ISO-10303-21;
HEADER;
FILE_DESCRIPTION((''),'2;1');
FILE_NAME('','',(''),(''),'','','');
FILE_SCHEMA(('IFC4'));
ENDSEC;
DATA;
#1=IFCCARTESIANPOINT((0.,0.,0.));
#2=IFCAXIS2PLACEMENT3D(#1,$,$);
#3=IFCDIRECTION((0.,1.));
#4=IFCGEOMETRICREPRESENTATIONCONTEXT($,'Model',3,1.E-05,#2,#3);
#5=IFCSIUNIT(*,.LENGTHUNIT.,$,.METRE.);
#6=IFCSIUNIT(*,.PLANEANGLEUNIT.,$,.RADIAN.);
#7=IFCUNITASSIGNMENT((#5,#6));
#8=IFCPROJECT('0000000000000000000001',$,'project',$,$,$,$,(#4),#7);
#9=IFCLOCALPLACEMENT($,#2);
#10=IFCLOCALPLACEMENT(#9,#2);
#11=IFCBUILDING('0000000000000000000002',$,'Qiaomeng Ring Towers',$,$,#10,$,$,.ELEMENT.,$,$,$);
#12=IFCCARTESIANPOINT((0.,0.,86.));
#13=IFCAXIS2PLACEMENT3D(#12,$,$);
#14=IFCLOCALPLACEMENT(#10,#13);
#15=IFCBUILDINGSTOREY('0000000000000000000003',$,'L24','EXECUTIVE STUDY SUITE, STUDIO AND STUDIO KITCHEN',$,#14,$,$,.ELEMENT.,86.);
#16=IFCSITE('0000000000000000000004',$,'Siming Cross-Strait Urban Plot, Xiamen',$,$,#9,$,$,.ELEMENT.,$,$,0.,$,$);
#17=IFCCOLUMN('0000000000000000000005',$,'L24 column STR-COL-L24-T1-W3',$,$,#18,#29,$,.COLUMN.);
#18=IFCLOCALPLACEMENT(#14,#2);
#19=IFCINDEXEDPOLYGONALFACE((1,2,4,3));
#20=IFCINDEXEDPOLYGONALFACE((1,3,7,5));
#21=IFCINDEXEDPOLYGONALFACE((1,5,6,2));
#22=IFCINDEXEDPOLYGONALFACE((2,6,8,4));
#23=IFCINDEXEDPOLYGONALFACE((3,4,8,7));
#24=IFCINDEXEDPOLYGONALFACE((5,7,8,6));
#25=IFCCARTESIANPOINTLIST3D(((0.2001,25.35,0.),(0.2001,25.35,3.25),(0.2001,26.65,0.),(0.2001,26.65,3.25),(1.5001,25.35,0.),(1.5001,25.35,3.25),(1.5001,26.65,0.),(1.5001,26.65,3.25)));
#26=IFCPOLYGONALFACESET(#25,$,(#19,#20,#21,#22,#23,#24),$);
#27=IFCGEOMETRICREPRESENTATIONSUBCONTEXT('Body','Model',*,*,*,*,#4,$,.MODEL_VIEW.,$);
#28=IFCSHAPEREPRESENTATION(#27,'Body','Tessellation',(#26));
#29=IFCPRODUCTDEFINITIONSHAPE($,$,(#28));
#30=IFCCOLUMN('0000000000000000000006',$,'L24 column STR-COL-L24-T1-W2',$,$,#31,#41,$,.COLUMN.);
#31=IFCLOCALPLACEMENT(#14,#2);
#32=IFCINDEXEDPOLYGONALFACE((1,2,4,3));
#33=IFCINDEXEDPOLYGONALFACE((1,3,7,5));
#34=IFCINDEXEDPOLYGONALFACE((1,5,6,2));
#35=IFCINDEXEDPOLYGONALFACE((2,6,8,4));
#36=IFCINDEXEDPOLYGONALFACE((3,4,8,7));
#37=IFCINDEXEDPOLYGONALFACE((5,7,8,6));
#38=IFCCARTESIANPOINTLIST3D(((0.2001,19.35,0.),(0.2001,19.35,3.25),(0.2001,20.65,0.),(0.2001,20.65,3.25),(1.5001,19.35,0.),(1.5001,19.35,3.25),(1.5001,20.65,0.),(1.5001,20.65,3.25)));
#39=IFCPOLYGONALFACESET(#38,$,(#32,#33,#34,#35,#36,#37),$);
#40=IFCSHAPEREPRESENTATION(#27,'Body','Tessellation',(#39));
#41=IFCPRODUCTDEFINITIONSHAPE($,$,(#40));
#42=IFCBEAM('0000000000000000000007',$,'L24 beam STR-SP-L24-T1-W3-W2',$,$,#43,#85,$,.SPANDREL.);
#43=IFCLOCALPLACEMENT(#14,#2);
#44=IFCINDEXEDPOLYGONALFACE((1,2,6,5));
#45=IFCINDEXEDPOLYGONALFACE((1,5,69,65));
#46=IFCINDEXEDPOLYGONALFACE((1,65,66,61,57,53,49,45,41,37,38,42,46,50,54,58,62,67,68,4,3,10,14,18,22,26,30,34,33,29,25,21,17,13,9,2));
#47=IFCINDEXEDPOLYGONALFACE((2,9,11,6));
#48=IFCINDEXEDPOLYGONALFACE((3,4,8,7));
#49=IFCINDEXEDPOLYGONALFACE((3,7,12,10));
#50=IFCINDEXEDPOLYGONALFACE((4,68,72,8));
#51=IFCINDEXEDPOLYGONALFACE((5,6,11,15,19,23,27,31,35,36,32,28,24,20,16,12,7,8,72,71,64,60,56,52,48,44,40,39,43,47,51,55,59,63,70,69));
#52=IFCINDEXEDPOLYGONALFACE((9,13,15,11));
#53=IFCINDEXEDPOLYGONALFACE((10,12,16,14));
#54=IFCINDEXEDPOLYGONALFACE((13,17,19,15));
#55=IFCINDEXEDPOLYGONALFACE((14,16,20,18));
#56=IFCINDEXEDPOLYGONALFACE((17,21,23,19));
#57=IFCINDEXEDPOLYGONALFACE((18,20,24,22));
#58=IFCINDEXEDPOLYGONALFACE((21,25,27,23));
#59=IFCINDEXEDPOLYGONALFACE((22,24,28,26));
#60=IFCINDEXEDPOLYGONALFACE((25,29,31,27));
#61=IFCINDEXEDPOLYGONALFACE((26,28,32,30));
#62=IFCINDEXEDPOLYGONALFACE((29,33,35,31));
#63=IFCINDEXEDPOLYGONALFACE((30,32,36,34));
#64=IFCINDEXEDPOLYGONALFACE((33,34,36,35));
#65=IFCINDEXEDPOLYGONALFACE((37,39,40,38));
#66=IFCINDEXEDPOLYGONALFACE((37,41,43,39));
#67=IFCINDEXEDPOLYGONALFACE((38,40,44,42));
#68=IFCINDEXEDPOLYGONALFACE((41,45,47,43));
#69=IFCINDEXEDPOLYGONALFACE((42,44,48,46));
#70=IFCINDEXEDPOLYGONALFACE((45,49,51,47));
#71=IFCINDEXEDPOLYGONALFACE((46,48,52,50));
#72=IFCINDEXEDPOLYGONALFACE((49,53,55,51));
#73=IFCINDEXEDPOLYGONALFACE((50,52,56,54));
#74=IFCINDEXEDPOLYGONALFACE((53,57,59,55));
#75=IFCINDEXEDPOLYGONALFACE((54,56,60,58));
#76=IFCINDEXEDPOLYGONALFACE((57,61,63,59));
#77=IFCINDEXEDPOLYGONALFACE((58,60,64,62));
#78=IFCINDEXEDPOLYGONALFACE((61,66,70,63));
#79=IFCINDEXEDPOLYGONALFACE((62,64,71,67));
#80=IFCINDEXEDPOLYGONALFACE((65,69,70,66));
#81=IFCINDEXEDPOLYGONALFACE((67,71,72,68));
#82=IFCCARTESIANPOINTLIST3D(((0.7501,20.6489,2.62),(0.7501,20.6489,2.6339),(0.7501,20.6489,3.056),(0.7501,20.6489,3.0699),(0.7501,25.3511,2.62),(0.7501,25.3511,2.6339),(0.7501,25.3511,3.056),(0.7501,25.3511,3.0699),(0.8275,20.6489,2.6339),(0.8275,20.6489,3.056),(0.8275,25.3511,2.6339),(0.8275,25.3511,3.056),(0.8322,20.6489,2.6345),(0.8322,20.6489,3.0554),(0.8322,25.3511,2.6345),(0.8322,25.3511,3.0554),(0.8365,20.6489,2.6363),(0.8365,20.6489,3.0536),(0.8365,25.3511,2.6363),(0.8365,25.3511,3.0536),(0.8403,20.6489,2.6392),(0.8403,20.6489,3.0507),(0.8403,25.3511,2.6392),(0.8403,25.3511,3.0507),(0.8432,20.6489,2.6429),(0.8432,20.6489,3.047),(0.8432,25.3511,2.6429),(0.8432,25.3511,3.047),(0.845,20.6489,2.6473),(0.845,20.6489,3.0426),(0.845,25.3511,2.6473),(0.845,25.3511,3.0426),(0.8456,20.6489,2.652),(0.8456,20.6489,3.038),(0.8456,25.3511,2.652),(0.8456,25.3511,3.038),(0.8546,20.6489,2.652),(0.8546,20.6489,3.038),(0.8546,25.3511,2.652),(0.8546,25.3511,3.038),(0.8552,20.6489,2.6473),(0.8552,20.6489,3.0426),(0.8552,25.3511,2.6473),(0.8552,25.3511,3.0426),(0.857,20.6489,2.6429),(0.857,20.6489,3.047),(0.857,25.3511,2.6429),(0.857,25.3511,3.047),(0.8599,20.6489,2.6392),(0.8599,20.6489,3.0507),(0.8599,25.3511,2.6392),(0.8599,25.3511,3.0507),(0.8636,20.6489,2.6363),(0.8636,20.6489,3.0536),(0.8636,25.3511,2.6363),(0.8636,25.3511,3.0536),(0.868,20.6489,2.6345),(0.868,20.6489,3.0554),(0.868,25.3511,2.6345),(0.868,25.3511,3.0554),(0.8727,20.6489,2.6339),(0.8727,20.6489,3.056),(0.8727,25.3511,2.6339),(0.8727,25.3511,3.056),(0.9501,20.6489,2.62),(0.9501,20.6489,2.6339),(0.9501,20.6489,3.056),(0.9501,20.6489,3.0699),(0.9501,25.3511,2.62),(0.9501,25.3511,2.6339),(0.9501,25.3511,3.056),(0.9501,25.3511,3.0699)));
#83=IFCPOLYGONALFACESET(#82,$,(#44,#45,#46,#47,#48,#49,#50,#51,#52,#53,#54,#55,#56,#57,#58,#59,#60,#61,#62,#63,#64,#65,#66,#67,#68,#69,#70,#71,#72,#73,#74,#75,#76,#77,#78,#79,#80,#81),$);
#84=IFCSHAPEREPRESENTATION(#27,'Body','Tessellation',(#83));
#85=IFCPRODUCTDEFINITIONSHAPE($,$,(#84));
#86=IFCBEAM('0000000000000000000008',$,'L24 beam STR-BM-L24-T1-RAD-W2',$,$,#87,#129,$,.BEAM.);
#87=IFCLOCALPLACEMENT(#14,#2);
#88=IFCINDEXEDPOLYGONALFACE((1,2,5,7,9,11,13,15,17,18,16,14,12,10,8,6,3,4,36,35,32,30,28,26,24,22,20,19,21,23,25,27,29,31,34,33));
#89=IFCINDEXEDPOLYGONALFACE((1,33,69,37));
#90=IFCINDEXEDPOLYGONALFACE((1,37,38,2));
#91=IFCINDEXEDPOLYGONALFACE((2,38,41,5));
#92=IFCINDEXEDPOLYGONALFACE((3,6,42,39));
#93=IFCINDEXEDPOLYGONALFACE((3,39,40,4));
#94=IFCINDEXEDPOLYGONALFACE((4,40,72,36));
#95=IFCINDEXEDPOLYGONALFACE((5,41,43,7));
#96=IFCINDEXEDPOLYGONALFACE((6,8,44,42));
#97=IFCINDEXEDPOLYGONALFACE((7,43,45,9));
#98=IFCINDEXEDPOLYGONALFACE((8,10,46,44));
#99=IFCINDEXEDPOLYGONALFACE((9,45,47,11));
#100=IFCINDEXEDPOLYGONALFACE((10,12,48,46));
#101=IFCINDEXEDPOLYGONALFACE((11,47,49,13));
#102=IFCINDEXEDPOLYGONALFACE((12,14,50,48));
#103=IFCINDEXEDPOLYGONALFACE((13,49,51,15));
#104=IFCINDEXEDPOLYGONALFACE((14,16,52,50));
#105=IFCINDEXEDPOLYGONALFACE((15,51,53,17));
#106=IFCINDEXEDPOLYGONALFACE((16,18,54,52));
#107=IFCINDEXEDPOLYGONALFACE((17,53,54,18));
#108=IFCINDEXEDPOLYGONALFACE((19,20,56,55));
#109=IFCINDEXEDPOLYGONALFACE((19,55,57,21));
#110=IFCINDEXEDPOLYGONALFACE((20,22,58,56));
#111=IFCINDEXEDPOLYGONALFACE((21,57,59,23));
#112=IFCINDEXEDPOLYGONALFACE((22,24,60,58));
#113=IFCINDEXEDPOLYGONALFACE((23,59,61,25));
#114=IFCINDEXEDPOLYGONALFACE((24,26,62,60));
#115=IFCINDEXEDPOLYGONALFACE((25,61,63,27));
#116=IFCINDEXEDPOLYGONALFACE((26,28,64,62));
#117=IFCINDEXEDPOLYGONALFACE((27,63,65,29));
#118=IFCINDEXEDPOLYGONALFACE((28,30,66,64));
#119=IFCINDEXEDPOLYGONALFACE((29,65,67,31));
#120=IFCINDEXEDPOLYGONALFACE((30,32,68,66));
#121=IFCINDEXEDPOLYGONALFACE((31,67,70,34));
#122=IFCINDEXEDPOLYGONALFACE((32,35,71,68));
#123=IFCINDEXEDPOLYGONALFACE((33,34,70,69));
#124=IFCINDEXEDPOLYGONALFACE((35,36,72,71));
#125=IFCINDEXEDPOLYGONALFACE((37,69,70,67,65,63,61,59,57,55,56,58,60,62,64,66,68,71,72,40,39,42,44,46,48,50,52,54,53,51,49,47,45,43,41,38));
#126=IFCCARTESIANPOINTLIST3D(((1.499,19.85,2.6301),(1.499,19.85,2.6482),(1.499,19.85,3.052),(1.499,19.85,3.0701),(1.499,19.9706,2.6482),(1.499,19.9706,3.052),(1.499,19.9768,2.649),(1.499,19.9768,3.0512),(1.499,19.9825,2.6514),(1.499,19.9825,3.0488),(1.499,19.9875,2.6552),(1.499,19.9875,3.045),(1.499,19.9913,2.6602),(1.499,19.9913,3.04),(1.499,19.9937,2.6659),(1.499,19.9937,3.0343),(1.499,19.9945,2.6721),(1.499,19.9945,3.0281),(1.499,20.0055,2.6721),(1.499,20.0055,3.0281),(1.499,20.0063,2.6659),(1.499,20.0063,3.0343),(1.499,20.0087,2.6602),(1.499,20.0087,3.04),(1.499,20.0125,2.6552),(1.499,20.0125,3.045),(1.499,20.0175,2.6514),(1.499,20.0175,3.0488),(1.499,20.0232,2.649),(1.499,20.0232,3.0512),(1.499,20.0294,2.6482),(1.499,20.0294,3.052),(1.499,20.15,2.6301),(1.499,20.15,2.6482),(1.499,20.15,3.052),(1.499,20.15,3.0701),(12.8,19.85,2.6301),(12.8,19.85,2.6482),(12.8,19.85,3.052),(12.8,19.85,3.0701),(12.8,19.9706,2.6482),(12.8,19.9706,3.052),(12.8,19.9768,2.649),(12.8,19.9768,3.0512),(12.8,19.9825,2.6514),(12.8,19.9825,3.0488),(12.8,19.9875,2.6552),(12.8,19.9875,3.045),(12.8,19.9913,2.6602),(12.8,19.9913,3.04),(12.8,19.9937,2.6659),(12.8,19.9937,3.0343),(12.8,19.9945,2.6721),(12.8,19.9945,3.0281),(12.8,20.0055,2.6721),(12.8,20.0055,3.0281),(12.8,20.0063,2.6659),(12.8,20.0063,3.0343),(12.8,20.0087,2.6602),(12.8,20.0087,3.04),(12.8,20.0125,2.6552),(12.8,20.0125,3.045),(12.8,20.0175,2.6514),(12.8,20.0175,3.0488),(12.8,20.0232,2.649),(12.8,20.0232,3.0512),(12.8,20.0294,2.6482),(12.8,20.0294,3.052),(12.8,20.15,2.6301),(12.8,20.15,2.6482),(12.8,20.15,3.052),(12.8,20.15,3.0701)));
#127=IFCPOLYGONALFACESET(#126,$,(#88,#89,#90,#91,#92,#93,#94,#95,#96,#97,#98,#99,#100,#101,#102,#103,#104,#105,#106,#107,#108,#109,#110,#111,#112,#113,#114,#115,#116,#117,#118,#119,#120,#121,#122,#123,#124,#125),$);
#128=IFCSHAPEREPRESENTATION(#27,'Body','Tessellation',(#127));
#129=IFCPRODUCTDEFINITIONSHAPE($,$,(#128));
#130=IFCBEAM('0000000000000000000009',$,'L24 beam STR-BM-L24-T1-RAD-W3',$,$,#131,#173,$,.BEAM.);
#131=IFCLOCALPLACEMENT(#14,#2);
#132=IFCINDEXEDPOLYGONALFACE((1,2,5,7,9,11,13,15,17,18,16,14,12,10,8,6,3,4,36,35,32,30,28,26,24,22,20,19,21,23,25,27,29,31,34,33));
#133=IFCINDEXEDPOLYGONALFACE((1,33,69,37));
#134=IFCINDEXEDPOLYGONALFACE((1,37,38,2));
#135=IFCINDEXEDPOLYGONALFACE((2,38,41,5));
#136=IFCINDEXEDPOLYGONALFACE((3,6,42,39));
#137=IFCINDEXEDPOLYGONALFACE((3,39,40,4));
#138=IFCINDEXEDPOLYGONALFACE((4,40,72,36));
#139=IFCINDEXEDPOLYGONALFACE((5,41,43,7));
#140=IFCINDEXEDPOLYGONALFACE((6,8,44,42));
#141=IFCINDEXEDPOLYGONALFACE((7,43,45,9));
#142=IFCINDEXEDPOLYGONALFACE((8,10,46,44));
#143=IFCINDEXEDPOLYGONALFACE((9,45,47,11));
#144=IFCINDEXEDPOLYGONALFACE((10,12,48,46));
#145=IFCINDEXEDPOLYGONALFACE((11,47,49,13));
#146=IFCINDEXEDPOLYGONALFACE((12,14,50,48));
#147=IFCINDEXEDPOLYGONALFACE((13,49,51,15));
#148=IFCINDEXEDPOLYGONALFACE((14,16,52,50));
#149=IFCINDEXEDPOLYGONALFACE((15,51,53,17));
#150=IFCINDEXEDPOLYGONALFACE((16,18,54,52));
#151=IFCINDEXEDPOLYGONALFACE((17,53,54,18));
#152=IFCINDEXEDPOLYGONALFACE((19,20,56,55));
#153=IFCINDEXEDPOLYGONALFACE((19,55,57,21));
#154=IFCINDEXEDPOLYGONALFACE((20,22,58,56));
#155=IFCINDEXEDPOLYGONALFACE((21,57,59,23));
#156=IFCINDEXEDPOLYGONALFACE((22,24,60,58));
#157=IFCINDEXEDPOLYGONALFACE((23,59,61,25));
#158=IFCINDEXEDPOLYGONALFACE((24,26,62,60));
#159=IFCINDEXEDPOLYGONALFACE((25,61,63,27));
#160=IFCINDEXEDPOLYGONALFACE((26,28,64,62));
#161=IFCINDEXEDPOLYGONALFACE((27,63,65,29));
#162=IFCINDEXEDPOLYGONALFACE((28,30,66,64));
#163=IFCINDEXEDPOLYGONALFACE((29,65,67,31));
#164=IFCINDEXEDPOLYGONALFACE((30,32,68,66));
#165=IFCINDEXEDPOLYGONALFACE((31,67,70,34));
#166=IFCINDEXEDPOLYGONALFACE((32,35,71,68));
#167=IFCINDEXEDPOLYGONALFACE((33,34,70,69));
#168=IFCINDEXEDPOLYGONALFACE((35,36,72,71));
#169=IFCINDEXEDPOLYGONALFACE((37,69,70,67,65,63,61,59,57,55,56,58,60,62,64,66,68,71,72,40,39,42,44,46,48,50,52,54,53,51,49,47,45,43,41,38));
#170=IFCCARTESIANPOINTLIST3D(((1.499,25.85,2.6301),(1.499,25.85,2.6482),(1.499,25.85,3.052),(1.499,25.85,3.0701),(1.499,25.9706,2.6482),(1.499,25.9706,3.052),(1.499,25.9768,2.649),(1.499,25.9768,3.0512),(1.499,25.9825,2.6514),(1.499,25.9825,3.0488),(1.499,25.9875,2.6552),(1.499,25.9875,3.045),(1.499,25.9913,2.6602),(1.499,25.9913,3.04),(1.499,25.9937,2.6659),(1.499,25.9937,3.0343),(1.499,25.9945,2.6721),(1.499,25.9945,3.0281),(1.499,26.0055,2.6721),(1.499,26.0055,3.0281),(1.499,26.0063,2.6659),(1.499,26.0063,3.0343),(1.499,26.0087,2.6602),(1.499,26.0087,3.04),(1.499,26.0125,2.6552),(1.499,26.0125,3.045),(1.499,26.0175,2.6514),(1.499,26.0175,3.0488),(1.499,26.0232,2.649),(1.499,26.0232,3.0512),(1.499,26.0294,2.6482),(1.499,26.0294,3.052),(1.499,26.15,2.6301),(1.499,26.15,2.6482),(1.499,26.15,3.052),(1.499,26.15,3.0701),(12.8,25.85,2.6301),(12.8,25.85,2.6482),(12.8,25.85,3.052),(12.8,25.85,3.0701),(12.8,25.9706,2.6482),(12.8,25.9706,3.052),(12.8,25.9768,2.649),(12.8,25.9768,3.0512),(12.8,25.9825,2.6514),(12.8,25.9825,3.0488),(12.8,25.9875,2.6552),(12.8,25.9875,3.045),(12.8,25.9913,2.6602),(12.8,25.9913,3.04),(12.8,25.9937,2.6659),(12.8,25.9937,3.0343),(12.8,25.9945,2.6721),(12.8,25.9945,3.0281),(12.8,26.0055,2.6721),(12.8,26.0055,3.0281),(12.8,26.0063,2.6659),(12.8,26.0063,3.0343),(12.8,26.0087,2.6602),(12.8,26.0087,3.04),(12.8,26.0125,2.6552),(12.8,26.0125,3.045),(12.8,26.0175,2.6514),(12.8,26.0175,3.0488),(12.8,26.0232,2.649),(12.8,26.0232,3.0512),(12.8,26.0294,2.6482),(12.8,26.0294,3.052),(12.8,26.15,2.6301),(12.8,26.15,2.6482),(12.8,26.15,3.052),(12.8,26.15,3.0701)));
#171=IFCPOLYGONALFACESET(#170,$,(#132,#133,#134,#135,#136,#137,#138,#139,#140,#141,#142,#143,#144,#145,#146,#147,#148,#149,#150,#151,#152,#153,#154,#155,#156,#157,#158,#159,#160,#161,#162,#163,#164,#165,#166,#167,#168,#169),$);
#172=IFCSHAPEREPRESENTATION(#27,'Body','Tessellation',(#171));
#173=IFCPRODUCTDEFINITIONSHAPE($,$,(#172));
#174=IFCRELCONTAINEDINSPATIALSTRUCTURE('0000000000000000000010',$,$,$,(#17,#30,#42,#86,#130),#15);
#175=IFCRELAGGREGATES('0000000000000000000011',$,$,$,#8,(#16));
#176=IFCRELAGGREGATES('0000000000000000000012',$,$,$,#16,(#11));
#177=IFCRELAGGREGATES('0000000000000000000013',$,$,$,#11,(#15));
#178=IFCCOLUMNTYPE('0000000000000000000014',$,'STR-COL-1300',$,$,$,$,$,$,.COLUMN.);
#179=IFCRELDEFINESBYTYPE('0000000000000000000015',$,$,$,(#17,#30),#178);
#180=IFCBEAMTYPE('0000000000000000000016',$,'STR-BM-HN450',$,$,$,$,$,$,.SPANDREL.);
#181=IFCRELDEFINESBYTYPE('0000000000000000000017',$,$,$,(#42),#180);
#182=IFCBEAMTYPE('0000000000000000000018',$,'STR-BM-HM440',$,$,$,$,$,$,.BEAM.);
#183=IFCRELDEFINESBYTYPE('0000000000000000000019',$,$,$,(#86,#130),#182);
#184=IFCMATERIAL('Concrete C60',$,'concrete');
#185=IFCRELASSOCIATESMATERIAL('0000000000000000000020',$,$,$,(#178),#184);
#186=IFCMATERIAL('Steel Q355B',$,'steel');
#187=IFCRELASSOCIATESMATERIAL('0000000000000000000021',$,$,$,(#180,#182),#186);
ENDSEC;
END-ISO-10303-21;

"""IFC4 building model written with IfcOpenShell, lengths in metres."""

from ifc_helpers import new_model, si_unit, direction, frame, origin, origin_2d, place, context, subcontext, project, spatial, rectangle, i_section, extrude, source, transform, mapped, material, material_profile, profile_set, type_object, element, save


model = new_model("IFC4")

# Units and contexts
model_context = context("Model", 3, precision=1e-05, world=origin(), true_north=direction((0.0, 1.0)))
body_context = subcontext(model_context, "Body", "Model", "MODEL_VIEW")
ifc_project = project(units=[si_unit("LENGTHUNIT", "METRE"), si_unit("PLANEANGLEUNIT", "RADIAN")], contexts=[model_context])

# Site, building, storey
site_placement = place(None, origin())
site = spatial("IfcSite", under=ifc_project, at=site_placement, Name="Siming Cross-Strait Urban Plot, Xiamen", CompositionType="ELEMENT", RefElevation=0.0)
building_placement = place(site_placement, origin())
building = spatial("IfcBuilding", under=site, at=building_placement, Name="Qiaomeng Ring Towers", CompositionType="ELEMENT")
storey_placement = place(building_placement, frame((0.0, 0.0, 86.0)))
storey = spatial("IfcBuildingStorey", under=building, at=storey_placement, Name="L24", Description="EXECUTIVE STUDY SUITE, STUDIO AND STUDIO KITCHEN", CompositionType="ELEMENT", Elevation=86.0)

# Columns
ifc_material_1 = material(Name="Concrete C60", Category="concrete")
ifc_material_profile_1 = material_profile(ifc_material_1, rectangle(XDim=1.3, YDim=1.3, at=origin_2d()), Name="RC COL 1300x1300")
ifc_profile_set_1 = profile_set([ifc_material_profile_1], Name="Concrete C60")
column_type = type_object("IfcColumnType", Name="STR-COL-1300", PredefinedType="COLUMN", material=ifc_profile_set_1)
shared_shape_1 = source(origin(), body_context, "Body", "SweptSolid", [
    extrude(rectangle(XDim=1.3, YDim=1.3, at=origin_2d()), origin(), (0.0, 0.0, 1.0), 3.25),
])
for number, where, z_axis, x_axis, name in (
    (1, (0.8501, 26.0, 0.0), (0.0, 0.0, 1.0), (1.0, 0.0, 0.0), "L24 column STR-COL-L24-T1-W3"),
    (2, (0.8501, 20.0, 0.0), (0.0, 0.0, 1.0), (1.0, 0.0, 0.0), "L24 column STR-COL-L24-T1-W2"),
):
    element("IfcColumn", number, at=place(storey_placement, frame(where, z_axis=z_axis, x_axis=x_axis)), inside=storey, type_object=column_type, Name=name, PredefinedType="COLUMN", context=body_context, shape_type="MappedRepresentation", body=[
        mapped(shared_shape_1, transform((0.0, 0.0, 0.0), x_axis=(1.0, 0.0, 0.0), y_axis=(0.0, 1.0, 0.0), z_axis=(0.0, 0.0, 1.0), scale=1.0)),
    ])

# Beams
ifc_material_2 = material(Name="Steel Q355B", Category="steel")
ifc_material_profile_2 = material_profile(ifc_material_2, i_section(OverallWidth=0.2, OverallDepth=0.45, WebThickness=0.009, FlangeThickness=0.0139, FilletRadius=0.0181, at=origin_2d()), Name="HN 450x200x9x14")
ifc_profile_set_2 = profile_set([ifc_material_profile_2], Name="Steel Q355B")
beam_type_1 = type_object("IfcBeamType", Name="STR-BM-HN450", PredefinedType="SPANDREL", material=ifc_profile_set_2)
shared_shape_2 = source(origin(), body_context, "Body", "SweptSolid", [
    extrude(i_section(OverallWidth=0.2, OverallDepth=0.45, WebThickness=0.009, FlangeThickness=0.0139, FilletRadius=0.0181, at=origin_2d()), origin(), (0.0, 0.0, 1.0), 4.7021),
])
beam_1_placement = place(storey_placement, frame((0.8501, 25.3511, 2.845), z_axis=(0.0, -1.0, 0.0), x_axis=(1.0, 0.0, 0.0)))
element("IfcBeam", 3, at=beam_1_placement, inside=storey, type_object=beam_type_1, Name="L24 beam STR-SP-L24-T1-W3-W2", PredefinedType="SPANDREL", context=body_context, shape_type="MappedRepresentation", body=[
    mapped(shared_shape_2, transform((0.0, 0.0, 0.0), x_axis=(1.0, 0.0, 0.0), y_axis=(0.0, 1.0, 0.0), z_axis=(0.0, 0.0, 1.0), scale=1.0)),
])
ifc_material_profile_3 = material_profile(ifc_material_2, i_section(OverallWidth=0.3, OverallDepth=0.4399, WebThickness=0.011, FlangeThickness=0.0181, FilletRadius=0.0239, at=origin_2d()), Name="HM 440x300x11x18")
ifc_profile_set_3 = profile_set([ifc_material_profile_3], Name="Steel Q355B")
beam_type_2 = type_object("IfcBeamType", Name="STR-BM-HM440", PredefinedType="BEAM", material=ifc_profile_set_3)
shared_shape_3 = source(origin(), body_context, "Body", "SweptSolid", [
    extrude(i_section(OverallWidth=0.3, OverallDepth=0.4399, WebThickness=0.011, FlangeThickness=0.0181, FilletRadius=0.0239, at=origin_2d()), origin(), (0.0, 0.0, 1.0), 11.301),
])
for number, where, z_axis, x_axis, name in (
    (4, (1.499, 20.0, 2.8501), (1.0, 0.0, 0.0), (0.0, 1.0, 0.0), "L24 beam STR-BM-L24-T1-RAD-W2"),
    (5, (1.499, 26.0, 2.8501), (1.0, 0.0, 0.0), (0.0, 1.0, 0.0), "L24 beam STR-BM-L24-T1-RAD-W3"),
):
    element("IfcBeam", number, at=place(storey_placement, frame(where, z_axis=z_axis, x_axis=x_axis)), inside=storey, type_object=beam_type_2, Name=name, PredefinedType="BEAM", context=body_context, shape_type="MappedRepresentation", body=[
        mapped(shared_shape_3, transform((0.0, 0.0, 0.0), x_axis=(1.0, 0.0, 0.0), y_axis=(0.0, 1.0, 0.0), z_axis=(0.0, 0.0, 1.0), scale=1.0)),
    ])

save(model, "model.ifc")
